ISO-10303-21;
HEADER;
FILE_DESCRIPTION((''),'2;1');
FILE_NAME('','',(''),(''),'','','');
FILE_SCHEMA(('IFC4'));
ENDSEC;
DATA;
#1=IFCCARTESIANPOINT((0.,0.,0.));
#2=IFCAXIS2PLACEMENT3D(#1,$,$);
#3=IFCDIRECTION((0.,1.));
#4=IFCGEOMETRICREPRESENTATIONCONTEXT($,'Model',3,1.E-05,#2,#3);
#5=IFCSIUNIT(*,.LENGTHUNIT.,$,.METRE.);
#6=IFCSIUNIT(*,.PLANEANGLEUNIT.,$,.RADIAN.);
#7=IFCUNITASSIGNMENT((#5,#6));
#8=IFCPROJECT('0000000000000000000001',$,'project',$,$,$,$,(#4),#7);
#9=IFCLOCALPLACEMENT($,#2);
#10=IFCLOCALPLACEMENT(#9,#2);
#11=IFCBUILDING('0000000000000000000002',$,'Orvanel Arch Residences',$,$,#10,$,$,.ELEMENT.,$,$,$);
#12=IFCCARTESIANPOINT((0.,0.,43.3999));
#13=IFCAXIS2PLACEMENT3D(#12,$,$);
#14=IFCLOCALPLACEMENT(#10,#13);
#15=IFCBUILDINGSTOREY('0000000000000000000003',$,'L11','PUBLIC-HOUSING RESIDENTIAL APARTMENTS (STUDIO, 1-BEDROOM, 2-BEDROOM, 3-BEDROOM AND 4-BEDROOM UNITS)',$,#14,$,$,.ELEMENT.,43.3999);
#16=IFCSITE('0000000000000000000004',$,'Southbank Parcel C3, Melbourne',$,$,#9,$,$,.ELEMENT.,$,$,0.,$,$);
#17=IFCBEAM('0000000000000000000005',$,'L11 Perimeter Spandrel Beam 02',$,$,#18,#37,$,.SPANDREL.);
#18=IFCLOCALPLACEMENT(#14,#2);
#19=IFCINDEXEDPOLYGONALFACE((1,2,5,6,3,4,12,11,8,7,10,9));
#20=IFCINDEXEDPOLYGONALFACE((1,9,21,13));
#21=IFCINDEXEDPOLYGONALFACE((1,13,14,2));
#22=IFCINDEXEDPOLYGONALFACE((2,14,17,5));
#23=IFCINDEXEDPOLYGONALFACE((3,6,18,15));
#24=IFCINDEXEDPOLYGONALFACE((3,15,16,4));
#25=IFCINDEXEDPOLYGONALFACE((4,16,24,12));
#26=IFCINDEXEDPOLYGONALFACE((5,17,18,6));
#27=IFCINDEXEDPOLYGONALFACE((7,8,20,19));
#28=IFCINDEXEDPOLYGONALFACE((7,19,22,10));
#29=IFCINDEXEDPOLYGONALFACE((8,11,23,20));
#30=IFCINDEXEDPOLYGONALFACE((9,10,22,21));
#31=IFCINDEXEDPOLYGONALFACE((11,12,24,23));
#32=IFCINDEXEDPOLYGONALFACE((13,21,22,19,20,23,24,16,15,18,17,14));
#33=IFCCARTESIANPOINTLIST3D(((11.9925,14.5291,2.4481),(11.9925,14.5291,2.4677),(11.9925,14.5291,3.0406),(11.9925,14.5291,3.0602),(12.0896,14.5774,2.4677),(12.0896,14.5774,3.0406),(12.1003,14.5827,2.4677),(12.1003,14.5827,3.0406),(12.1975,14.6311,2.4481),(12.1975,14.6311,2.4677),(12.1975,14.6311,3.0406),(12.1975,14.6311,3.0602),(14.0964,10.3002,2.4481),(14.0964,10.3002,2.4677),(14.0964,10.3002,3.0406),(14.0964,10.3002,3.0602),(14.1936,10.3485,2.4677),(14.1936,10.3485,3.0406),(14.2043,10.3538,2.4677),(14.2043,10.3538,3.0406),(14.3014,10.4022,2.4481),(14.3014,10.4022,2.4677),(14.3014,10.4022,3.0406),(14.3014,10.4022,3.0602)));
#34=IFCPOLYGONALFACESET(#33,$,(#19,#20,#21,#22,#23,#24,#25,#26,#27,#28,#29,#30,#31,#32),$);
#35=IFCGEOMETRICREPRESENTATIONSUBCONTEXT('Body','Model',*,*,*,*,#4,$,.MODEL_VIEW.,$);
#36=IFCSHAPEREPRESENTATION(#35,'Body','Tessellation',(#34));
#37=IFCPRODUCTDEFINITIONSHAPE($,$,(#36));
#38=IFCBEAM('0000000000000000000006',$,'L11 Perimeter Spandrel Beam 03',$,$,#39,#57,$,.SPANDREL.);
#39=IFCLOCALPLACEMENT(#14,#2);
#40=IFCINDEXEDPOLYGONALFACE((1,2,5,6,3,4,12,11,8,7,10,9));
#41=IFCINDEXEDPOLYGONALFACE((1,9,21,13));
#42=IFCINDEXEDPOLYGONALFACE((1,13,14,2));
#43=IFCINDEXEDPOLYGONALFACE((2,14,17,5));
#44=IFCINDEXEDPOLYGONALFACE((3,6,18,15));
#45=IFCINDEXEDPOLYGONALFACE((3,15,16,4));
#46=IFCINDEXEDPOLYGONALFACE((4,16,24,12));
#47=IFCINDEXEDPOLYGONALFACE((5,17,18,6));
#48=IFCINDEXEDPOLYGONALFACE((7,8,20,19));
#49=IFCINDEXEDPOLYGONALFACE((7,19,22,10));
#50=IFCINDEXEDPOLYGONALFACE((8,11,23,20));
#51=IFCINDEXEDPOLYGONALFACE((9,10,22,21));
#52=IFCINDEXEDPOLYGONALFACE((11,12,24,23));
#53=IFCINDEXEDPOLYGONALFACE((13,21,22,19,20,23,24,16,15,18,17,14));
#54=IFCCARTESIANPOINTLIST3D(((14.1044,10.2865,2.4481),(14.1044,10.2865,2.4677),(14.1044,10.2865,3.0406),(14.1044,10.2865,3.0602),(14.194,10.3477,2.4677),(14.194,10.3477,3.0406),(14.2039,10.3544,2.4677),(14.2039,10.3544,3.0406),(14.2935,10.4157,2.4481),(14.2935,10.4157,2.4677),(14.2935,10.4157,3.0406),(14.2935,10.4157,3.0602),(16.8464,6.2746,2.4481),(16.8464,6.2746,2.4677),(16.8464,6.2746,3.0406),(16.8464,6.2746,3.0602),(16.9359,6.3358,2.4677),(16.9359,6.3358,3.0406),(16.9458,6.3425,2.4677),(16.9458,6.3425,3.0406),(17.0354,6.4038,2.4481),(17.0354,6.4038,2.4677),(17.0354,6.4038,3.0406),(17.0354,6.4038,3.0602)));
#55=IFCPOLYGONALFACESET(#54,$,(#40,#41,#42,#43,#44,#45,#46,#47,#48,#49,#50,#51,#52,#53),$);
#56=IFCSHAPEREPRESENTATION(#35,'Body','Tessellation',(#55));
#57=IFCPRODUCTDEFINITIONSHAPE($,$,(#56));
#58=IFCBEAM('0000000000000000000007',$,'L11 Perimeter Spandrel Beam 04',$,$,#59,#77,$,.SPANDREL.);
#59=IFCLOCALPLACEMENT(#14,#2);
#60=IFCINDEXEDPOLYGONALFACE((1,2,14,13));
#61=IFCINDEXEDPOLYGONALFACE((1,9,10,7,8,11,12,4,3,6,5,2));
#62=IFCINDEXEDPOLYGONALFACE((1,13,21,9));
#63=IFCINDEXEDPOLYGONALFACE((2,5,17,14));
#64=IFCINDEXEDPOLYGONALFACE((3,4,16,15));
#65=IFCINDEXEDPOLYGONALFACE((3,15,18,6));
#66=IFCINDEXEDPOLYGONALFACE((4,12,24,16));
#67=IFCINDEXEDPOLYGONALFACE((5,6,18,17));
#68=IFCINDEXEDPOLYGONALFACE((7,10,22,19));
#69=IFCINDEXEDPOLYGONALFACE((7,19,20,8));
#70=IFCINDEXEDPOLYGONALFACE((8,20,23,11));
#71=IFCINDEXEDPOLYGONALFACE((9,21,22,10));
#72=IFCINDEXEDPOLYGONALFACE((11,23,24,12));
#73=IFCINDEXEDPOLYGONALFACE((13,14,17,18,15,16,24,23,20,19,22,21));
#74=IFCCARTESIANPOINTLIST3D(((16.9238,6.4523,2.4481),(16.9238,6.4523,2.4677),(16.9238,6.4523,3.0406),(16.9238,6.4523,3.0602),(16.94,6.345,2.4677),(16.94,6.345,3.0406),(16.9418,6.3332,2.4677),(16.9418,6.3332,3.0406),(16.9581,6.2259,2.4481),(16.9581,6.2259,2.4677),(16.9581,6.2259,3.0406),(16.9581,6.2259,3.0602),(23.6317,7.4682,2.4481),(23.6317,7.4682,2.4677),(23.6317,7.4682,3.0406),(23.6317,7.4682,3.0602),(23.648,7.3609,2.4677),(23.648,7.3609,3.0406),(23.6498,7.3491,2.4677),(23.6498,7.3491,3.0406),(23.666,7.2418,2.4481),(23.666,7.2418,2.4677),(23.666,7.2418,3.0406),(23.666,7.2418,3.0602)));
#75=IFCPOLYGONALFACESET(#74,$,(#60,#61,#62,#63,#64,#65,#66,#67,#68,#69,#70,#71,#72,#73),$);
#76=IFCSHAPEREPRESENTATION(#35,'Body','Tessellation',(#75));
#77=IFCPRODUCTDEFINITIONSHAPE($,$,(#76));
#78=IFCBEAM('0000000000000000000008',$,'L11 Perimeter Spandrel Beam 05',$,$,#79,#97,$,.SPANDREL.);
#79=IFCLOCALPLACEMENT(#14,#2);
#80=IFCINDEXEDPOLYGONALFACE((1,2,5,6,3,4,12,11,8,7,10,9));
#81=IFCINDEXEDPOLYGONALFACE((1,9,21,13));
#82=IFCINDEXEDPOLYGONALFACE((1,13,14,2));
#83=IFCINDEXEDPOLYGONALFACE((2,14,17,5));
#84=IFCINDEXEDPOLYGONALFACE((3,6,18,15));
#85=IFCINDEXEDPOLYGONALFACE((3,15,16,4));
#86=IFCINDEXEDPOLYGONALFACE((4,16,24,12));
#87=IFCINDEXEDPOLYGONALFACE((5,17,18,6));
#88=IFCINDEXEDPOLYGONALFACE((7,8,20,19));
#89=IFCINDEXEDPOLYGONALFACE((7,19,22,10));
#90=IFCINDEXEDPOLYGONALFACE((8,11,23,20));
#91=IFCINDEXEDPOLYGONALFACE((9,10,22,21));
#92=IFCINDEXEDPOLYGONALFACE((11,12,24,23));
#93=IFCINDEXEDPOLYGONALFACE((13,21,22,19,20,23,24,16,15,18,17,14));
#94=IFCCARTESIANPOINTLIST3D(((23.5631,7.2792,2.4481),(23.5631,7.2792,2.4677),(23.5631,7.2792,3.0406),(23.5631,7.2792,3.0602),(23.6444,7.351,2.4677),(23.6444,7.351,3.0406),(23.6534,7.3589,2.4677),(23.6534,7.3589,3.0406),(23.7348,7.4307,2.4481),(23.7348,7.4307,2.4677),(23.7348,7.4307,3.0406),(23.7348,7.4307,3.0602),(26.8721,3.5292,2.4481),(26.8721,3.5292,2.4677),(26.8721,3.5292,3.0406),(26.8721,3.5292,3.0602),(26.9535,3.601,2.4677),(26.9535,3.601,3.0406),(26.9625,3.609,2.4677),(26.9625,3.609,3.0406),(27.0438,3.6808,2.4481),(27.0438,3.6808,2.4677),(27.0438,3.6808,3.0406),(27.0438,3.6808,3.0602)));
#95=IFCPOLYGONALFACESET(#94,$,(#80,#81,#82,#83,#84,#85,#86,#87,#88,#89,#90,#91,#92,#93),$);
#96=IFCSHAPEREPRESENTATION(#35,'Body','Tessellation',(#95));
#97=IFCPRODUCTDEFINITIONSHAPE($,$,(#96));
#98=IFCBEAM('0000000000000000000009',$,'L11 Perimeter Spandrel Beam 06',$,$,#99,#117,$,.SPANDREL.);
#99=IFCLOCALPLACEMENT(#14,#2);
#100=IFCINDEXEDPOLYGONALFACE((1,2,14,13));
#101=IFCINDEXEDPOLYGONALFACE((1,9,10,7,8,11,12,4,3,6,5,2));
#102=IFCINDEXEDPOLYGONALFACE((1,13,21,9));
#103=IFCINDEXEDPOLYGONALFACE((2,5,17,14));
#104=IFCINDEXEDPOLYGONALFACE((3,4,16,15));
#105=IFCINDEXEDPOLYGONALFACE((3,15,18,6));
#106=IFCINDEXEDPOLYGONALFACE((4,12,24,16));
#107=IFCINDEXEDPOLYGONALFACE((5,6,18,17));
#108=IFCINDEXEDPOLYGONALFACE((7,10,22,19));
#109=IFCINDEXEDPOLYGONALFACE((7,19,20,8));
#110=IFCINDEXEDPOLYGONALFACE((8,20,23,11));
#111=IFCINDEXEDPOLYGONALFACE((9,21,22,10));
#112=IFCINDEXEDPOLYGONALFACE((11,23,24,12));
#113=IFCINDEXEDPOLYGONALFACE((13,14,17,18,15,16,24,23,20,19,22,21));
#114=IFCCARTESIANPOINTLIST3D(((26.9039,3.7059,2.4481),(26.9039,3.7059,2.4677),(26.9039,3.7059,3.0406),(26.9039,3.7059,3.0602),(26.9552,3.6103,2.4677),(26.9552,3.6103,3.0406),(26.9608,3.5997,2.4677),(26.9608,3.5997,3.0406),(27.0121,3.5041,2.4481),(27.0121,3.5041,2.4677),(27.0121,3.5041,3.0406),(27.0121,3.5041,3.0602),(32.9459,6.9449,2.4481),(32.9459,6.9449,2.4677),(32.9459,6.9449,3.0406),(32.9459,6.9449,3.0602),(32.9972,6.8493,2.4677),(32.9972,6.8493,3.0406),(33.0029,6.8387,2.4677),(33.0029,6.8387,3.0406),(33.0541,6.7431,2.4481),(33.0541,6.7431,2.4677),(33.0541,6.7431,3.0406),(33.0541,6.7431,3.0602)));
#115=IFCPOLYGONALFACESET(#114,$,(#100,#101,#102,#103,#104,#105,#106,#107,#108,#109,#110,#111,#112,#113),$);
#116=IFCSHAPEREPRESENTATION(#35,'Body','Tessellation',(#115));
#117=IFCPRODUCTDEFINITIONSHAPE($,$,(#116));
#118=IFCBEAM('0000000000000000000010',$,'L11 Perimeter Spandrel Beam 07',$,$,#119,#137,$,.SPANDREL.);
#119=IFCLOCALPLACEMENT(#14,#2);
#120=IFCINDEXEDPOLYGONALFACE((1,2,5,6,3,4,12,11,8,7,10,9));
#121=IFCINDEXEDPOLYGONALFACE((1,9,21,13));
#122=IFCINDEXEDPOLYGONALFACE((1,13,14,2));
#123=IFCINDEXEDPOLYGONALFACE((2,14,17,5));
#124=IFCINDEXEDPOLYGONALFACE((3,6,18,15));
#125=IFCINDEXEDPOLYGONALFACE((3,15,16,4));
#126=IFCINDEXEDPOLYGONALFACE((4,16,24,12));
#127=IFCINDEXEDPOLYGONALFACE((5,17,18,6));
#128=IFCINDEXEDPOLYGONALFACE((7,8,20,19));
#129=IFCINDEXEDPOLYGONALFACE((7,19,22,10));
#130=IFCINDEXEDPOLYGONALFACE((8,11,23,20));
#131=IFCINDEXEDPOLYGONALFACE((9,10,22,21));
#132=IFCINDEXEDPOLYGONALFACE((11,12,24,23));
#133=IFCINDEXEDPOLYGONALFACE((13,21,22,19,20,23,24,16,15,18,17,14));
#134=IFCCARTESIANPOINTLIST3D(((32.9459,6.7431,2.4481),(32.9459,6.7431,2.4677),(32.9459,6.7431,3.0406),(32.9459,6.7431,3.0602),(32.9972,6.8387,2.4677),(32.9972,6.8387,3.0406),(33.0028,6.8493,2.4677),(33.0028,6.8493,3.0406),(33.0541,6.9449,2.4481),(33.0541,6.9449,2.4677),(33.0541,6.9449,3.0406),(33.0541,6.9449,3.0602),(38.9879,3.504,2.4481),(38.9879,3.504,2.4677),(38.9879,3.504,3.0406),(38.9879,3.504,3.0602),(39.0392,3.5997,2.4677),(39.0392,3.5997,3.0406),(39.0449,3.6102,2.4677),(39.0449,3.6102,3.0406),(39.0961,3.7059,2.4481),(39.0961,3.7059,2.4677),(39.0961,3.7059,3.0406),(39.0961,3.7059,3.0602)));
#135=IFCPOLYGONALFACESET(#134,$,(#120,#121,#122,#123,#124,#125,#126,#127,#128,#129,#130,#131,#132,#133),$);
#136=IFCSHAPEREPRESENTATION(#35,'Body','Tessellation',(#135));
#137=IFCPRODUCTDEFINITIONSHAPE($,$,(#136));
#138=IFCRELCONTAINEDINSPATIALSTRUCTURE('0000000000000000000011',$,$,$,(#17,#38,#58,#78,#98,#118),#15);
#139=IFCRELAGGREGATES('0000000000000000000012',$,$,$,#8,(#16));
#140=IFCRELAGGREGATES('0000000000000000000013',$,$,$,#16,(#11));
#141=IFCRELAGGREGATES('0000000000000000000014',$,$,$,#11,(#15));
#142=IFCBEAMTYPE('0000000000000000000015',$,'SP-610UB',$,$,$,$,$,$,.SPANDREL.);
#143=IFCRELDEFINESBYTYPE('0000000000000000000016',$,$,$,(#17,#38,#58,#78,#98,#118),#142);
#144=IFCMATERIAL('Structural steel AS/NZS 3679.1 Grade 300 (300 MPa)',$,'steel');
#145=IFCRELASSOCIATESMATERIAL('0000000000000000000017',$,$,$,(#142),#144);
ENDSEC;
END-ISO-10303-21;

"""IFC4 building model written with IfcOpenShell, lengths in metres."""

from ifc_helpers import new_model, si_unit, direction, frame, origin, origin_2d, place, context, subcontext, project, spatial, i_section, extrude, material, material_profile, profile_set, type_object, element, save


model = new_model("IFC4")

# Units and contexts
model_context = context("Model", 3, precision=1e-05, world=origin(), true_north=direction((0.0, 1.0)))
body_context = subcontext(model_context, "Body", "Model", "MODEL_VIEW")
ifc_project = project(units=[si_unit("LENGTHUNIT", "METRE"), si_unit("PLANEANGLEUNIT", "RADIAN")], contexts=[model_context])

# Site, building, storey
site_placement = place(None, origin())
site = spatial("IfcSite", under=ifc_project, at=site_placement, Name="Southbank Parcel C3, Melbourne", CompositionType="ELEMENT", RefElevation=0.0)
building_placement = place(site_placement, origin())
building = spatial("IfcBuilding", under=site, at=building_placement, Name="Orvanel Arch Residences", CompositionType="ELEMENT")
storey_placement = place(building_placement, frame((0.0, 0.0, 43.3999)))
storey = spatial("IfcBuildingStorey", under=building, at=storey_placement, Name="L11", Description="PUBLIC-HOUSING RESIDENTIAL APARTMENTS (STUDIO, 1-BEDROOM, 2-BEDROOM, 3-BEDROOM AND 4-BEDROOM UNITS)", CompositionType="ELEMENT", Elevation=43.3999)

# Beams
ifc_material_1 = material(Name="Structural steel AS/NZS 3679.1 Grade 300 (300 MPa)", Category="steel")
ifc_material_profile_1 = material_profile(ifc_material_1, i_section(OverallWidth=0.229, OverallDepth=0.6121, WebThickness=0.012, FlangeThickness=0.0195, at=origin_2d()), Name="610UB125")
ifc_profile_set_1 = profile_set([ifc_material_profile_1], Name="Structural steel AS/NZS 3679.1 Grade 300 (300 MPa)")
beam_type = type_object("IfcBeamType", Name="SP-610UB", PredefinedType="SPANDREL", material=ifc_profile_set_1)
beam_1_placement = place(storey_placement, frame((12.095, 14.5801, 2.7542), z_axis=(0.445435, -0.895314, 0.0), x_axis=(0.895314, 0.445435, 0.0)))
element("IfcBeam", 1, at=beam_1_placement, inside=storey, type_object=beam_type, Name="L11 Perimeter Spandrel Beam 02", PredefinedType="SPANDREL", context=body_context, shape_type="SweptSolid", body=[
    extrude(i_section(OverallWidth=0.229, OverallDepth=0.6121, WebThickness=0.012, FlangeThickness=0.0195, at=origin_2d()), origin(), (0.0, 0.0, 1.0), 4.7234),
])
beam_2_placement = place(storey_placement, frame((14.199, 10.3511, 2.7542), z_axis=(0.564252, -0.825603, 0.0), x_axis=(0.825603, 0.564252, 0.0)))
element("IfcBeam", 2, at=beam_2_placement, inside=storey, type_object=beam_type, Name="L11 Perimeter Spandrel Beam 03", PredefinedType="SPANDREL", context=body_context, shape_type="SweptSolid", body=[
    extrude(i_section(OverallWidth=0.229, OverallDepth=0.6121, WebThickness=0.012, FlangeThickness=0.0195, at=origin_2d()), origin(), (0.0, 0.0, 1.0), 4.8594),
])
beam_3_placement = place(storey_placement, frame((16.9409, 6.3391, 2.7542), z_axis=(0.988726, 0.149734, 0.0), x_axis=(-0.149734, 0.988726, 0.0)))
element("IfcBeam", 3, at=beam_3_placement, inside=storey, type_object=beam_type, Name="L11 Perimeter Spandrel Beam 04", PredefinedType="SPANDREL", context=body_context, shape_type="SweptSolid", body=[
    extrude(i_section(OverallWidth=0.229, OverallDepth=0.6121, WebThickness=0.012, FlangeThickness=0.0195, at=origin_2d()), origin(), (0.0, 0.0, 1.0), 6.7844),
])
beam_4_placement = place(storey_placement, frame((23.6489, 7.355, 2.7542), z_axis=(0.661651, -0.749812, 0.0), x_axis=(0.749812, 0.661651, 0.0)))
element("IfcBeam", 4, at=beam_4_placement, inside=storey, type_object=beam_type, Name="L11 Perimeter Spandrel Beam 05", PredefinedType="SPANDREL", context=body_context, shape_type="SweptSolid", body=[
    extrude(i_section(OverallWidth=0.229, OverallDepth=0.6121, WebThickness=0.012, FlangeThickness=0.0195, at=origin_2d()), origin(), (0.0, 0.0, 1.0), 5.0012),
])
for number, where, z_axis, x_axis, name in (
    (5, (26.958, 3.605, 2.7542), (0.881344, 0.472474, 0.0), (-0.472474, 0.881344, 0.0), "L11 Perimeter Spandrel Beam 06"),
    (6, (33.0, 6.844, 2.7542), (0.881344, -0.472474, 0.0), (0.472474, 0.881344, 0.0), "L11 Perimeter Spandrel Beam 07"),
):
    element("IfcBeam", number, at=place(storey_placement, frame(where, z_axis=z_axis, x_axis=x_axis)), inside=storey, type_object=beam_type, Name=name, PredefinedType="SPANDREL", context=body_context, shape_type="SweptSolid", body=[
        extrude(i_section(OverallWidth=0.229, OverallDepth=0.6121, WebThickness=0.012, FlangeThickness=0.0195, at=origin_2d()), origin(), (0.0, 0.0, 1.0), 6.8555),
    ])

save(model, "model.ifc")
